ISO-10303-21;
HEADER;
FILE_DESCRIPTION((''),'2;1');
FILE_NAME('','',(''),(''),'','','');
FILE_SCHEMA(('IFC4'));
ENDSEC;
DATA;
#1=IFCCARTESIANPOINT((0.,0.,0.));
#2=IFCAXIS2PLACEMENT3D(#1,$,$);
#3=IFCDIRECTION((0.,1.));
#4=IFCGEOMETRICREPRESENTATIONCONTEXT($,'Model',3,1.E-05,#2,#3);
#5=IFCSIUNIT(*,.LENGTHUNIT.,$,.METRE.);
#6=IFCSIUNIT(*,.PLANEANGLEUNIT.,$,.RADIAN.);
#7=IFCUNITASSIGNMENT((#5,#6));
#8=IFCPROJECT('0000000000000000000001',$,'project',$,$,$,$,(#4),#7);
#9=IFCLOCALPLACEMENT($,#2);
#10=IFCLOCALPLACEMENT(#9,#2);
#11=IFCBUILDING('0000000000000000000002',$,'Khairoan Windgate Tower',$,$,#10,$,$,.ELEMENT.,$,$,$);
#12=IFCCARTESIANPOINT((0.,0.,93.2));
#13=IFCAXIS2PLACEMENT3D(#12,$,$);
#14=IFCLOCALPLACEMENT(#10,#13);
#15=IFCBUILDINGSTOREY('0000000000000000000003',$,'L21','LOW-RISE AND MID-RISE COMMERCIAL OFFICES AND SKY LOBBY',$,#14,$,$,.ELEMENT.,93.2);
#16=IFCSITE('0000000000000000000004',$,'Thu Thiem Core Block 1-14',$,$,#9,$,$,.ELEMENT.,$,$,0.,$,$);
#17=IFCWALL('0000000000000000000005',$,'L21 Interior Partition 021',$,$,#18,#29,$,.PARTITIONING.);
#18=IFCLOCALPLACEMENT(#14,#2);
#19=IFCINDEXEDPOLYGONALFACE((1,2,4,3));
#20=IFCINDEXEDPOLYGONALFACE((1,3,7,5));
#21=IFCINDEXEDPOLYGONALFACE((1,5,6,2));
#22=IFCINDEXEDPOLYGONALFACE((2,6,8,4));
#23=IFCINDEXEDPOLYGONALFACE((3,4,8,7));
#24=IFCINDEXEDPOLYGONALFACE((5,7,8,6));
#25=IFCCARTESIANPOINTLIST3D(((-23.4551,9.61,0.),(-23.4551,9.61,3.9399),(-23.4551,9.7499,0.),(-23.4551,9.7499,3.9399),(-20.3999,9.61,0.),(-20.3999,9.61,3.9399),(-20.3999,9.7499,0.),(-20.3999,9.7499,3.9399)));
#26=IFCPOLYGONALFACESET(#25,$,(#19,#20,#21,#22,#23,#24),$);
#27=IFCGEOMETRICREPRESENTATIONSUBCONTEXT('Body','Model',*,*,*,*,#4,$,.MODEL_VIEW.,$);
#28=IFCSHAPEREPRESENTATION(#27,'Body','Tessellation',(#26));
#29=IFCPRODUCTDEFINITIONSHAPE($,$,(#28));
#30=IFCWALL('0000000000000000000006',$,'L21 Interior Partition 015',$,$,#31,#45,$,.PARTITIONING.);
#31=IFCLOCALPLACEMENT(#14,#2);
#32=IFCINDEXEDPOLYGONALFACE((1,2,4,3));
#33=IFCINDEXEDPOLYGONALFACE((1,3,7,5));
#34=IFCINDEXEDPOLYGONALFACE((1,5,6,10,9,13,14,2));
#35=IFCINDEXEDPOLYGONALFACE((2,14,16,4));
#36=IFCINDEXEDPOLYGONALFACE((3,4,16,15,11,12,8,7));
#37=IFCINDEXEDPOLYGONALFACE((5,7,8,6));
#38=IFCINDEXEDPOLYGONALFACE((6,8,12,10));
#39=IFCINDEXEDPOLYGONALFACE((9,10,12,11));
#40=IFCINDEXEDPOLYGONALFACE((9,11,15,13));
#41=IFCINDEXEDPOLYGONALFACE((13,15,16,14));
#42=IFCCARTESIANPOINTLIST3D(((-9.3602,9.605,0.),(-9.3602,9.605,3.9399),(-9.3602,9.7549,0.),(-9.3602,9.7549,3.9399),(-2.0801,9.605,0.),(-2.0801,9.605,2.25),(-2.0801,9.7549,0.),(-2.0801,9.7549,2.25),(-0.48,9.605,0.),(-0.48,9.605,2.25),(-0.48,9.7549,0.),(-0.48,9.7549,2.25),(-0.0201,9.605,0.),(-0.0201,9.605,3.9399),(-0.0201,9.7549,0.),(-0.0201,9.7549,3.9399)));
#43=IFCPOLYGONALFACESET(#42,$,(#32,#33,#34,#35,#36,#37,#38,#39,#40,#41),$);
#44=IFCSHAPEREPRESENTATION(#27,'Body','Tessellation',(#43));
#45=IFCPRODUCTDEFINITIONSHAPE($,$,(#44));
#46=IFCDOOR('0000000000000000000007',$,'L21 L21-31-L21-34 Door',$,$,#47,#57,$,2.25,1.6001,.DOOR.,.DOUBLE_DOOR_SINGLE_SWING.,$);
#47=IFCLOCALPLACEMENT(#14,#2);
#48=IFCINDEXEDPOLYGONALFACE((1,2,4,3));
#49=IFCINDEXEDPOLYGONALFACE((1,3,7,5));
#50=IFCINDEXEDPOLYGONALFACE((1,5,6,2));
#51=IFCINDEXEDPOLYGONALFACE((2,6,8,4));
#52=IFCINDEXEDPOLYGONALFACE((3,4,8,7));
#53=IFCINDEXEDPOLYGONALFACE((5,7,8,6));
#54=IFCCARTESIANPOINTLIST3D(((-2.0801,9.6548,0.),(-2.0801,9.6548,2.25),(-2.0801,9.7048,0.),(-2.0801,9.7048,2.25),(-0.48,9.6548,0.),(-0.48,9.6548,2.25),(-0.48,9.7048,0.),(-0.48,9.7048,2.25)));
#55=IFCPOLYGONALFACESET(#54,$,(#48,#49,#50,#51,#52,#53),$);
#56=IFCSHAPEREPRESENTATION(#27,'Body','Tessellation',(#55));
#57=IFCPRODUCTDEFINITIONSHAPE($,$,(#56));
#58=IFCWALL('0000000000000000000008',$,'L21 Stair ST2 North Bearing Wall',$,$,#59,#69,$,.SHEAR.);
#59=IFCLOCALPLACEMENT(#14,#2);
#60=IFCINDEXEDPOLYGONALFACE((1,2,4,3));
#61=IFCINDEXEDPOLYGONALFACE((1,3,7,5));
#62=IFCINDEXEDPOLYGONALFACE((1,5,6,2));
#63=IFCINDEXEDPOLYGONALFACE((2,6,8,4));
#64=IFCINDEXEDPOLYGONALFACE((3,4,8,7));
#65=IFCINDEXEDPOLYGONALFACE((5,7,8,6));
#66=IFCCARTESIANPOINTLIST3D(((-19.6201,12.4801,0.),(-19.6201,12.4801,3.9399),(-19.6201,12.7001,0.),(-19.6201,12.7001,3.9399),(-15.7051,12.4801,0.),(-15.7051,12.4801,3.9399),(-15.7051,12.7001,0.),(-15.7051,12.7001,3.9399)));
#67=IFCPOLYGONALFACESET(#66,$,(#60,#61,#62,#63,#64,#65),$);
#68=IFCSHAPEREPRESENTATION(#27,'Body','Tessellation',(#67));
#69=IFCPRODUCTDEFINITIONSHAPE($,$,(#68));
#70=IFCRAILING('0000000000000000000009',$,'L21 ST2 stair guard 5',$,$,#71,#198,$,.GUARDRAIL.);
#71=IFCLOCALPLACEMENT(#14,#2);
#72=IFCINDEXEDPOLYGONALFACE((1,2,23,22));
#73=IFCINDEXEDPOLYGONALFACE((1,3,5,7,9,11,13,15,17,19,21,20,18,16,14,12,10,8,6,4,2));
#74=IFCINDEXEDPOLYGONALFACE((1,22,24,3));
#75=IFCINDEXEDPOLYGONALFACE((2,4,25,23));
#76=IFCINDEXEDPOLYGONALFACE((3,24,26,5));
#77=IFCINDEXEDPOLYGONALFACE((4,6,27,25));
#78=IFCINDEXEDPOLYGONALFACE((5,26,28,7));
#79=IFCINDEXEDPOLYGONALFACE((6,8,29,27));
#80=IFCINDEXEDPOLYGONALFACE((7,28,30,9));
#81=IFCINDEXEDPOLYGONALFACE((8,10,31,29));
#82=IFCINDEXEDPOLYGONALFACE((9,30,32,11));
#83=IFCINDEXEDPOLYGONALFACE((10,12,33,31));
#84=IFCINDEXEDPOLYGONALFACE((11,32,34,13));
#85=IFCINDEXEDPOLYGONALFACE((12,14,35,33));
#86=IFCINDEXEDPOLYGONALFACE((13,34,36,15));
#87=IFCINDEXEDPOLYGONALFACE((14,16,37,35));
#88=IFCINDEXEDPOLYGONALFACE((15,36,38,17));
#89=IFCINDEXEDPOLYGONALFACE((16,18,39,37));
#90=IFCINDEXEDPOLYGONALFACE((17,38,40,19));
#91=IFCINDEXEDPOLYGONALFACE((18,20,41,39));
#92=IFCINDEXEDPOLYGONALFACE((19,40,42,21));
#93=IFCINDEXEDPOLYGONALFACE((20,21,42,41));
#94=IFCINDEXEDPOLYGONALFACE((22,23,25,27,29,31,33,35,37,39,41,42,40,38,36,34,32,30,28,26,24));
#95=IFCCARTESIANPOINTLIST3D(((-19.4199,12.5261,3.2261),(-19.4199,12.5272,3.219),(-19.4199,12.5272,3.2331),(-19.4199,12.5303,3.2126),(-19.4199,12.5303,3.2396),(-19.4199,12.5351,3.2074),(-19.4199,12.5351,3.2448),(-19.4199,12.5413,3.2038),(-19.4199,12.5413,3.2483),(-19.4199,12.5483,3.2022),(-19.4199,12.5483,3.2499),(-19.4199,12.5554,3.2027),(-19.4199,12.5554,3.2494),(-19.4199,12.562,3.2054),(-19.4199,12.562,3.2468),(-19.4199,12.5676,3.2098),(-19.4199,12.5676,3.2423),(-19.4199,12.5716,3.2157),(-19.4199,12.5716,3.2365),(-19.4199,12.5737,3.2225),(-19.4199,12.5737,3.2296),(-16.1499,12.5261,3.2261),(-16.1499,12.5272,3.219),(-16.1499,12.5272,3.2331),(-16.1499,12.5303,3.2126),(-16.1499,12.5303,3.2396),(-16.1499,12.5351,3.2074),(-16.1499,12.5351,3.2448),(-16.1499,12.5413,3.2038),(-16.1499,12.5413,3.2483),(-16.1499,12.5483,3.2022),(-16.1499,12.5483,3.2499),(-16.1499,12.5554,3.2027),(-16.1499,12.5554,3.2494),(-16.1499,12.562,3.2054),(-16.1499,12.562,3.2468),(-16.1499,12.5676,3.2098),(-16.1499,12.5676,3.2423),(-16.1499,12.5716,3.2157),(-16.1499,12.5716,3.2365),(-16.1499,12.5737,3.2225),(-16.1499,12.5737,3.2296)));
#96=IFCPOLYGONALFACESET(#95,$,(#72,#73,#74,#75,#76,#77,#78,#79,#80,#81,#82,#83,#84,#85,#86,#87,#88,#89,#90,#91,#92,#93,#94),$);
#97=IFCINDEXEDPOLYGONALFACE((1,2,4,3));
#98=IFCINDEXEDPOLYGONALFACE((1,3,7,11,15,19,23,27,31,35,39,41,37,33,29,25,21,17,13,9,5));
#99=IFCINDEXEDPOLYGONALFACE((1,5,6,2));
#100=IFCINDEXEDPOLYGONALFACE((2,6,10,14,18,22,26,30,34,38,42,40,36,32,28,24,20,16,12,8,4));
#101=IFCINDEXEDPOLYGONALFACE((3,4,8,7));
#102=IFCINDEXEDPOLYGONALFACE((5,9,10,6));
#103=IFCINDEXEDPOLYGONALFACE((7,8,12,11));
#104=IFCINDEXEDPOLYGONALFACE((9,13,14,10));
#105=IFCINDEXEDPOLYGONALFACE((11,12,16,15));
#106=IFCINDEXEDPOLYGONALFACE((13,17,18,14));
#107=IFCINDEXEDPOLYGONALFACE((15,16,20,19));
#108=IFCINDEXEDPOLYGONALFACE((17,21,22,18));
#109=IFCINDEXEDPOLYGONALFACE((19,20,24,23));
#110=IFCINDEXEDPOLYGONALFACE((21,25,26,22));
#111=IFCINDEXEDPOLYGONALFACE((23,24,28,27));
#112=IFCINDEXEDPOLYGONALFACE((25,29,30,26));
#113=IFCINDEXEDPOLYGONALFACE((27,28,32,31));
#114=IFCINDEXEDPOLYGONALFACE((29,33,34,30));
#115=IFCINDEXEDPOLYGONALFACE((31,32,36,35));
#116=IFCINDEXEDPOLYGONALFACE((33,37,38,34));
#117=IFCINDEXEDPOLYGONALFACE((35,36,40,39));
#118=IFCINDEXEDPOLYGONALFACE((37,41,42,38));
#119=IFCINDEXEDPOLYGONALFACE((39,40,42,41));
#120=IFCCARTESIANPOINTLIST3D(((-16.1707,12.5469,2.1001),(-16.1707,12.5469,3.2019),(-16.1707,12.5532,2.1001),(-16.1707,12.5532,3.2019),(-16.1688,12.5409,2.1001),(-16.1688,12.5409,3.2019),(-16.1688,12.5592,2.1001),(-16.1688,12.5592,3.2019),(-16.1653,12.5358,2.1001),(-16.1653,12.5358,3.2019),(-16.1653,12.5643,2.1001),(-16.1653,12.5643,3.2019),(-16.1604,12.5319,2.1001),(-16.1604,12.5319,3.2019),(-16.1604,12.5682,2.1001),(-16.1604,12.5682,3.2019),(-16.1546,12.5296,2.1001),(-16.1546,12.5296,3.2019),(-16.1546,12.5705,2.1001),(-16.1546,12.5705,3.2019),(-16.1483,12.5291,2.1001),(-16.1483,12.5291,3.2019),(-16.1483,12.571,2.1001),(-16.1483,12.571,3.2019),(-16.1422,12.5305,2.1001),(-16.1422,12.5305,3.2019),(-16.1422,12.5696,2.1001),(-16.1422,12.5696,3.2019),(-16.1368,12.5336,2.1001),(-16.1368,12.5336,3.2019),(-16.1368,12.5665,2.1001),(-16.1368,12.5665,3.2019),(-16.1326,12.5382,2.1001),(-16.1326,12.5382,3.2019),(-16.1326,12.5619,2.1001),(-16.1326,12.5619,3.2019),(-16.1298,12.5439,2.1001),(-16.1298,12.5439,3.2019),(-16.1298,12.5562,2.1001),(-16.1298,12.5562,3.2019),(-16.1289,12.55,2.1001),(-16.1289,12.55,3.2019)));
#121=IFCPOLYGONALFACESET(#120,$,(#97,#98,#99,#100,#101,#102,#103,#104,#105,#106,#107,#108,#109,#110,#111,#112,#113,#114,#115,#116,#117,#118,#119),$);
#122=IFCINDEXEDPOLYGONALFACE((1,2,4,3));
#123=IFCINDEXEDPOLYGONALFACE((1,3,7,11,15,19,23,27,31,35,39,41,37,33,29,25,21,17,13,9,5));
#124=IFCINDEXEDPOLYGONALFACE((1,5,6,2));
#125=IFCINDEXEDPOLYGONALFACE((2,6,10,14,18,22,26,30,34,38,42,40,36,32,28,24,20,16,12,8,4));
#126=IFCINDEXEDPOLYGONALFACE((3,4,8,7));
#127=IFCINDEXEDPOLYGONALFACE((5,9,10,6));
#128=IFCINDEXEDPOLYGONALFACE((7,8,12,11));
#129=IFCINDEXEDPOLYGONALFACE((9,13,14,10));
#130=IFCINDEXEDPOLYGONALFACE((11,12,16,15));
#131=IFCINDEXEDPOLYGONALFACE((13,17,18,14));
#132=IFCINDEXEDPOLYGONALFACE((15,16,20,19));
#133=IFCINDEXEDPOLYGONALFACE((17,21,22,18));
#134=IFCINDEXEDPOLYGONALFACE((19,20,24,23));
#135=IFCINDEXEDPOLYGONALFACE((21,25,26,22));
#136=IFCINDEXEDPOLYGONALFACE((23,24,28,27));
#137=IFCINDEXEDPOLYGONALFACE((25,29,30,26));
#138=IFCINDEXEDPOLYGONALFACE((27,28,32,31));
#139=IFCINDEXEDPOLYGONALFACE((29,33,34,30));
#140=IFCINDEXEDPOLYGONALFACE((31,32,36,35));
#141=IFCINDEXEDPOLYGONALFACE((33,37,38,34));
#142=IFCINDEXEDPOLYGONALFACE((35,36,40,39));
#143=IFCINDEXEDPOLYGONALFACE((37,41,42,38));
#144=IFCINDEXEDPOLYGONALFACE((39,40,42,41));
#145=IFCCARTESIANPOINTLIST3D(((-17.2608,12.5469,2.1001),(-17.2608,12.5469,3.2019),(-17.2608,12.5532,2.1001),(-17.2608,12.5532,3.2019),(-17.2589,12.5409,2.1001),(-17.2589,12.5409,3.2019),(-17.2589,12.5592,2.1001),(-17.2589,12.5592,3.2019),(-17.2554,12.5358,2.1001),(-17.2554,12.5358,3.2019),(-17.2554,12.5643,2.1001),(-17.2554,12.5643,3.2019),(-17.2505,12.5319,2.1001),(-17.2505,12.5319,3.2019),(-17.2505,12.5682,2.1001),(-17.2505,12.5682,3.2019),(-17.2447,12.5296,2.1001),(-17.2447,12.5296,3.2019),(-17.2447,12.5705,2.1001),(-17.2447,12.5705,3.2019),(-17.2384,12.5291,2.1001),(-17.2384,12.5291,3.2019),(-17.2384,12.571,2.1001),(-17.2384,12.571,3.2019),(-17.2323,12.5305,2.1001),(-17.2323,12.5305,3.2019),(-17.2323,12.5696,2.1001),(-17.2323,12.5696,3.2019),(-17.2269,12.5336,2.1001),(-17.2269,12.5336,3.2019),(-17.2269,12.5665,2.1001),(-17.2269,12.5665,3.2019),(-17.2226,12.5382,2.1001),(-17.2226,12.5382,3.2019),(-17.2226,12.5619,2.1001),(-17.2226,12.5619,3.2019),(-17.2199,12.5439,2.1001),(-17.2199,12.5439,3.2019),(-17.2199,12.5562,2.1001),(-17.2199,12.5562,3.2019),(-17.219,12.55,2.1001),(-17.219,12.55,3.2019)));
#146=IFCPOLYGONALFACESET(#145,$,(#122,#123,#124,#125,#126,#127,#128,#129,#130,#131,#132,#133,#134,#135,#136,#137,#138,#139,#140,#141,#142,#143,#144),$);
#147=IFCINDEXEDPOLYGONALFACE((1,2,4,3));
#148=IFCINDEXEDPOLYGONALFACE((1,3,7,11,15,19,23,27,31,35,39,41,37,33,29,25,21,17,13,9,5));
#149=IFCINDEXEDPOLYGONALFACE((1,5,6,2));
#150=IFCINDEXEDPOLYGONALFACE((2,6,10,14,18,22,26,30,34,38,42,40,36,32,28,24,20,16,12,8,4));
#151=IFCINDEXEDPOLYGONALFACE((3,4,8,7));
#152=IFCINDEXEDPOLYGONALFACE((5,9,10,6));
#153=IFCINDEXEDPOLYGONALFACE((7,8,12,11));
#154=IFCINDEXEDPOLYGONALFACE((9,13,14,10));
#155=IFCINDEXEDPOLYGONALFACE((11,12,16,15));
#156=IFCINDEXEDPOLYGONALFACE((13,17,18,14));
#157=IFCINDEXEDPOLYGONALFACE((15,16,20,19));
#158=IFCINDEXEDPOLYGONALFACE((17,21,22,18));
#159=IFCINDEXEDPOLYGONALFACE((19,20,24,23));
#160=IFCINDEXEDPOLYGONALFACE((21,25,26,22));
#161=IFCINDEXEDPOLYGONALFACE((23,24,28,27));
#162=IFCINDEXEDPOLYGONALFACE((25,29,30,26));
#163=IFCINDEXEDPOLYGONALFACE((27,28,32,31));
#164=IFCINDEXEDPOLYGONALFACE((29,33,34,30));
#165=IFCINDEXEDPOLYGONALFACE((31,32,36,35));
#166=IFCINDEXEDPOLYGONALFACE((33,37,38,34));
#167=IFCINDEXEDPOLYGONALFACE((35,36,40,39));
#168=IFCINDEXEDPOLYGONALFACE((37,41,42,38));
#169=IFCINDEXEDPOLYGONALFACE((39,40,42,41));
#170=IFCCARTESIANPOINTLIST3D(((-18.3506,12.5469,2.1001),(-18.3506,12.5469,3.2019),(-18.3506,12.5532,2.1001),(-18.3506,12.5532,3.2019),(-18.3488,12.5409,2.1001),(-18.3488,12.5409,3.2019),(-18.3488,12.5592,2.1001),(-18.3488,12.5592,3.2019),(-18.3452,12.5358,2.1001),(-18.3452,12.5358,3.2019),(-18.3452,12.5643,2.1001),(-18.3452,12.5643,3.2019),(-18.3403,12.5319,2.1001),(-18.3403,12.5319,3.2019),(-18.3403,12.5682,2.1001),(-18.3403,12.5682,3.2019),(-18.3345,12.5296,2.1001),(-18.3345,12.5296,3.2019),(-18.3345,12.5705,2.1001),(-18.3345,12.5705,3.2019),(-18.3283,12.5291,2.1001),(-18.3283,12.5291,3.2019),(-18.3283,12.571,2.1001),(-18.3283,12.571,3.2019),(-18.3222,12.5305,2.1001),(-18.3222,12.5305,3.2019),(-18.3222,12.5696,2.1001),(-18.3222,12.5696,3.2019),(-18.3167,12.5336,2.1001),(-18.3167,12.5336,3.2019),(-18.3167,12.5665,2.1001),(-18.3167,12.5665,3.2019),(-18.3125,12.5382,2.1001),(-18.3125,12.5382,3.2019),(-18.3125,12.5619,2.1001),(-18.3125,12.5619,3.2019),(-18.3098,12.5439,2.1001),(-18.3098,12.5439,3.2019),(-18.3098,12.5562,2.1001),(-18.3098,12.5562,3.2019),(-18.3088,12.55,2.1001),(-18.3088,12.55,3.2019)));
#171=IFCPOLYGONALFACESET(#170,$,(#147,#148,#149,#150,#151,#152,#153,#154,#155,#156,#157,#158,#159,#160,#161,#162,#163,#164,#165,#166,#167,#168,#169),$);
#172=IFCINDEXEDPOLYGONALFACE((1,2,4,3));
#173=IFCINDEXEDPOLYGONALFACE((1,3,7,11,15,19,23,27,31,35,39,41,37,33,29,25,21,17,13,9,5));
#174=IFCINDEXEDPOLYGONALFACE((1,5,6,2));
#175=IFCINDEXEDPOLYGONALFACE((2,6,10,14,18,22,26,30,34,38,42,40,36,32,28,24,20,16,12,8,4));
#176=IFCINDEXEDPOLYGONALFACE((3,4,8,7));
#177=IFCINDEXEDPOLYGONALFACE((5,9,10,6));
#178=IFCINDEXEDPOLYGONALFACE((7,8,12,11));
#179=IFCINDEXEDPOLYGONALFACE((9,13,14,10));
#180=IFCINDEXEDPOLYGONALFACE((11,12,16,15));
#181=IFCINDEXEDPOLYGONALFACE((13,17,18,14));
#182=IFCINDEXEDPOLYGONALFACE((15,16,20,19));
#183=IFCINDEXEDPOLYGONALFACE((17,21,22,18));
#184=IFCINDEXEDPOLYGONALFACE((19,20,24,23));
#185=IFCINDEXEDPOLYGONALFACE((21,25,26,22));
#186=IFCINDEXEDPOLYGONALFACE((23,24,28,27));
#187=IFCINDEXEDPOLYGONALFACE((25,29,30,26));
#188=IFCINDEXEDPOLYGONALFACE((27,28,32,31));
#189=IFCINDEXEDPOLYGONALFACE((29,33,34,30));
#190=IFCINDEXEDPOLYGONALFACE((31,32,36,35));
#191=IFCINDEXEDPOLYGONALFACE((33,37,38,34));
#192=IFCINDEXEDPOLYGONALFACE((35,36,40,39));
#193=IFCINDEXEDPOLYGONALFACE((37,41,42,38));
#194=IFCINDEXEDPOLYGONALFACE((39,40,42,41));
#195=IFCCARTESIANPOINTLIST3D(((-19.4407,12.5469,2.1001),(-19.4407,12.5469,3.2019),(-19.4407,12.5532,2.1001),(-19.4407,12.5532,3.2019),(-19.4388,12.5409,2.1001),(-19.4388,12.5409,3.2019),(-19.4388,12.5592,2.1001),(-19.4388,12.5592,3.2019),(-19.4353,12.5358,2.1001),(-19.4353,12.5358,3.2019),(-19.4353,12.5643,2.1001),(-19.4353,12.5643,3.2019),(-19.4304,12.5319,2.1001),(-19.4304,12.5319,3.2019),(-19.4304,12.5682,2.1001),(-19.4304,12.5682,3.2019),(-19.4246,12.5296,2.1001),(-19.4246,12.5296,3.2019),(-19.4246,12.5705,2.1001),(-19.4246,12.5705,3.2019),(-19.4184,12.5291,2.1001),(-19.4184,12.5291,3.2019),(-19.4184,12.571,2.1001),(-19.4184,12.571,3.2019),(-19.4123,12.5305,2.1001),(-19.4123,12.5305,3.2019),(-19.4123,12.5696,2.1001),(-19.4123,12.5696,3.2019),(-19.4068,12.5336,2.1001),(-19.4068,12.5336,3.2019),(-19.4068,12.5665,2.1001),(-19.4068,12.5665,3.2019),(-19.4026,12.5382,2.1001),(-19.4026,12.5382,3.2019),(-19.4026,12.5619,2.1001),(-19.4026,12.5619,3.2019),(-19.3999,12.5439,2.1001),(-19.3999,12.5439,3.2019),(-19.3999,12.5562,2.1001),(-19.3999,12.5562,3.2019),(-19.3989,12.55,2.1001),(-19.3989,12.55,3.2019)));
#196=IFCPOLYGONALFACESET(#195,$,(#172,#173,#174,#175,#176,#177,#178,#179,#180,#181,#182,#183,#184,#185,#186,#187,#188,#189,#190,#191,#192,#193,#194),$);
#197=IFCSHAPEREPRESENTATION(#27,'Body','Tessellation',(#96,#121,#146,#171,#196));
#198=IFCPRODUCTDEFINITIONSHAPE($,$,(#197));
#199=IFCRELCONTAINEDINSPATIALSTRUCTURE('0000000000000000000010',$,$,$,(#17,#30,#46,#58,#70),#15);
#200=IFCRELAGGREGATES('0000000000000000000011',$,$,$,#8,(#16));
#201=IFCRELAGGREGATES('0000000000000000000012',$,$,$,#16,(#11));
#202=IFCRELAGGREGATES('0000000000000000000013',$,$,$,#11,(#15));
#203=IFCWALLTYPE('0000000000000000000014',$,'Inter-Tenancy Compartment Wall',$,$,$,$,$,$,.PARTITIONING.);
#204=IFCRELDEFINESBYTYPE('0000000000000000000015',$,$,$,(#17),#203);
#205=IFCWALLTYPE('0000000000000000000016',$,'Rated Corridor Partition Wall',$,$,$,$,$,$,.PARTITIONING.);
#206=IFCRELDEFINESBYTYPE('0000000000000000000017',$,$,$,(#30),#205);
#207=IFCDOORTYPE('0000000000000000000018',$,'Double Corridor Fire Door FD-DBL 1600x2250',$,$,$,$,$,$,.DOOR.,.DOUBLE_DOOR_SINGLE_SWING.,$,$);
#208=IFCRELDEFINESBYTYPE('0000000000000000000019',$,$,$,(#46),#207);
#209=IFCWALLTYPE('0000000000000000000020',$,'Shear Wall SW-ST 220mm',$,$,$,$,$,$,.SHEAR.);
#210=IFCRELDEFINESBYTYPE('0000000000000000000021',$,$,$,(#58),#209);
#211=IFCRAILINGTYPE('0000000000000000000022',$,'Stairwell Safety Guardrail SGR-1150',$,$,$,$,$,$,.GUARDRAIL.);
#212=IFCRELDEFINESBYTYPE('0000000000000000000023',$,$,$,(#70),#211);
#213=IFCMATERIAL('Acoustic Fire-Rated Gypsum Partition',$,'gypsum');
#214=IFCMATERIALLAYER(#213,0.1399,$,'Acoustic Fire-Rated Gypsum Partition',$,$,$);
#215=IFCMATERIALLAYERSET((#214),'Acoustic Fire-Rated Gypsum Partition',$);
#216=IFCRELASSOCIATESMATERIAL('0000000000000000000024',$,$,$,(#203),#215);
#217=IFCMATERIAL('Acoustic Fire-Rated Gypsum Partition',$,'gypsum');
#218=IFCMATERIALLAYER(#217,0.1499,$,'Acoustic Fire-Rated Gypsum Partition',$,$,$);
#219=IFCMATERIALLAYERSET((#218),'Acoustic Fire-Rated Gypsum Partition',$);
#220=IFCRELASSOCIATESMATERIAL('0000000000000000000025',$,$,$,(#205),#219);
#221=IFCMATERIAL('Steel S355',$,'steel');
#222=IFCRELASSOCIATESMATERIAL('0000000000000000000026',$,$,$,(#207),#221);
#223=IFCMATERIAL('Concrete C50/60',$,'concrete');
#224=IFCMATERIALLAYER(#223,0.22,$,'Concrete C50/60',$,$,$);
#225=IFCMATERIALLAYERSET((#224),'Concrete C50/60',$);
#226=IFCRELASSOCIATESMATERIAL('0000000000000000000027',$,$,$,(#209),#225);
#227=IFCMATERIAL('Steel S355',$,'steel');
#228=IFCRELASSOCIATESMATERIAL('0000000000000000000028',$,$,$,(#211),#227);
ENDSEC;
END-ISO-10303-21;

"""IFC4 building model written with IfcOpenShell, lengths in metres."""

from ifc_helpers import new_model, si_unit, direction, frame, frame_2d, origin, origin_2d, place, context, subcontext, project, spatial, rectangle, circle, extrude, material, layer, layer_set, type_object, element, fill, save


model = new_model("IFC4")

# Units and contexts
model_context = context("Model", 3, precision=1e-05, world=origin(), true_north=direction((0.0, 1.0)))
body_context = subcontext(model_context, "Body", "Model", "MODEL_VIEW")
ifc_project = project(units=[si_unit("LENGTHUNIT", "METRE"), si_unit("PLANEANGLEUNIT", "RADIAN")], contexts=[model_context])

# Site, building, storey
site_placement = place(None, origin())
site = spatial("IfcSite", under=ifc_project, at=site_placement, Name="Thu Thiem Core Block 1-14", CompositionType="ELEMENT", RefElevation=0.0)
building_placement = place(site_placement, origin())
building = spatial("IfcBuilding", under=site, at=building_placement, Name="Khairoan Windgate Tower", CompositionType="ELEMENT")
storey_placement = place(building_placement, frame((0.0, 0.0, 93.2)))
storey = spatial("IfcBuildingStorey", under=building, at=storey_placement, Name="L21", Description="LOW-RISE AND MID-RISE COMMERCIAL OFFICES AND SKY LOBBY", CompositionType="ELEMENT", Elevation=93.2)

# Wall
ifc_material_1 = material(Name="Acoustic Fire-Rated Gypsum Partition", Category="gypsum")
ifc_layer_1 = layer(ifc_material_1, 0.1399, Name="Acoustic Fire-Rated Gypsum Partition")
ifc_layer_set_1 = layer_set([ifc_layer_1], Name="Acoustic Fire-Rated Gypsum Partition")
wall_type_1 = type_object("IfcWallType", Name="Inter-Tenancy Compartment Wall", PredefinedType="PARTITIONING", material=ifc_layer_set_1)
wall_1_placement = place(storey_placement, frame((-23.4551, 9.6799, 0.0), z_axis=(0.0, 0.0, 1.0), x_axis=(1.0, 0.0, 0.0)))
element("IfcWall", 1, at=wall_1_placement, inside=storey, type_object=wall_type_1, Name="L21 Interior Partition 021", PredefinedType="PARTITIONING", context=body_context, shape_type="SweptSolid", body=[
    extrude(rectangle(XDim=3.0552, YDim=0.1399, at=frame_2d((1.5276, 0.0))), origin(), (0.0, 0.0, 1.0), 3.9399),
])

# Wall, opening, door
ifc_material_2 = material(Name="Acoustic Fire-Rated Gypsum Partition", Category="gypsum")
ifc_layer_2 = layer(ifc_material_2, 0.1499, Name="Acoustic Fire-Rated Gypsum Partition")
ifc_layer_set_2 = layer_set([ifc_layer_2], Name="Acoustic Fire-Rated Gypsum Partition")
wall_type_2 = type_object("IfcWallType", Name="Rated Corridor Partition Wall", PredefinedType="PARTITIONING", material=ifc_layer_set_2)
wall_2_placement = place(storey_placement, frame((-9.3601, 9.6799, 0.0), z_axis=(0.0, 0.0, 1.0), x_axis=(1.0, 0.0, 0.0)))
wall_2 = element("IfcWall", 2, at=wall_2_placement, inside=storey, type_object=wall_type_2, Name="L21 Interior Partition 015", PredefinedType="PARTITIONING", context=body_context, shape_type="SweptSolid", body=[
    extrude(rectangle(XDim=9.3401, YDim=0.1499, at=frame_2d((4.6699, 0.0))), origin(), (0.0, 0.0, 1.0), 3.9399),
])
opening_placement = place(wall_2_placement, frame((7.28, 0.0, 0.0)))
opening = element("IfcOpeningElement", 3, at=opening_placement, cuts=wall_2, PredefinedType="OPENING", context=body_context, shape_type="SweptSolid", body=[
    extrude(rectangle(XDim=1.6001, YDim=2.25, at=frame_2d((0.8, 1.125))), frame((0.0, 0.085, 0.0), z_axis=(0.0, -1.0, 0.0), x_axis=(1.0, 0.0, 0.0)), (0.0, 0.0, 1.0), 0.1699),
])
ifc_material_3 = material(Name="Steel S355", Category="steel")
door_type = type_object("IfcDoorType", Name="Double Corridor Fire Door FD-DBL 1600x2250", OperationType="DOUBLE_DOOR_SINGLE_SWING", PredefinedType="DOOR", material=ifc_material_3)
door_placement = place(opening_placement, origin())
door = element("IfcDoor", 4, at=door_placement, inside=storey, type_object=door_type, Name="L21 L21-31-L21-34 Door", OperationType="DOUBLE_DOOR_SINGLE_SWING", OverallHeight=2.25, OverallWidth=1.6001, PredefinedType="DOOR", context=body_context, shape_type="SweptSolid", body=[
    extrude(rectangle(XDim=1.6001, YDim=2.25, at=frame_2d((0.8, 1.125))), frame((0.0, 0.0249, 0.0), z_axis=(0.0, -1.0, 0.0), x_axis=(1.0, 0.0, 0.0)), (0.0, 0.0, 1.0), 0.05),
])
fill(opening, door)

# Wall
ifc_material_4 = material(Name="Concrete C50/60", Category="concrete")
ifc_layer_3 = layer(ifc_material_4, 0.22, Name="Concrete C50/60")
ifc_layer_set_3 = layer_set([ifc_layer_3], Name="Concrete C50/60")
wall_type_3 = type_object("IfcWallType", Name="Shear Wall SW-ST 220mm", PredefinedType="SHEAR", material=ifc_layer_set_3)
wall_3_placement = place(storey_placement, frame((-19.6201, 12.5901, 0.0), z_axis=(0.0, 0.0, 1.0), x_axis=(1.0, 0.0, 0.0)))
element("IfcWall", 5, at=wall_3_placement, inside=storey, type_object=wall_type_3, Name="L21 Stair ST2 North Bearing Wall", PredefinedType="SHEAR", context=body_context, shape_type="SweptSolid", body=[
    extrude(rectangle(XDim=3.915, YDim=0.22, at=frame_2d((1.9575, 0.0))), origin(), (0.0, 0.0, 1.0), 3.9399),
])

# Railing
ifc_material_5 = material(Name="Steel S355", Category="steel")
railing_type = type_object("IfcRailingType", Name="Stairwell Safety Guardrail SGR-1150", PredefinedType="GUARDRAIL", material=ifc_material_5)
railing_1_placement = place(storey_placement, frame((-16.1499, 12.55, 2.1001)))
element("IfcRailing", 6, at=railing_1_placement, inside=storey, type_object=railing_type, Name="L21 ST2 stair guard 5", PredefinedType="GUARDRAIL", context=body_context, shape_type="SweptSolid", body=[
    extrude(circle(Radius=0.0239, at=origin_2d()), frame((0.0, 0.0, 1.126), z_axis=(-1.0, 0.0, 0.0), x_axis=(0.0, -1.0, 0.0)), (0.0, 0.0, 1.0), 3.27),
    extrude(circle(Radius=0.021, at=origin_2d()), origin(), (0.0, 0.0, 1.0), 1.1018),
    extrude(circle(Radius=0.021, at=origin_2d()), frame((-1.0901, 0.0, 0.0)), (0.0, 0.0, 1.0), 1.1018),
    extrude(circle(Radius=0.021, at=origin_2d()), frame((-2.1799, 0.0, 0.0)), (0.0, 0.0, 1.0), 1.1018),
    extrude(circle(Radius=0.021, at=origin_2d()), frame((-3.27, 0.0, 0.0)), (0.0, 0.0, 1.0), 1.1018),
])

save(model, "model.ifc")
